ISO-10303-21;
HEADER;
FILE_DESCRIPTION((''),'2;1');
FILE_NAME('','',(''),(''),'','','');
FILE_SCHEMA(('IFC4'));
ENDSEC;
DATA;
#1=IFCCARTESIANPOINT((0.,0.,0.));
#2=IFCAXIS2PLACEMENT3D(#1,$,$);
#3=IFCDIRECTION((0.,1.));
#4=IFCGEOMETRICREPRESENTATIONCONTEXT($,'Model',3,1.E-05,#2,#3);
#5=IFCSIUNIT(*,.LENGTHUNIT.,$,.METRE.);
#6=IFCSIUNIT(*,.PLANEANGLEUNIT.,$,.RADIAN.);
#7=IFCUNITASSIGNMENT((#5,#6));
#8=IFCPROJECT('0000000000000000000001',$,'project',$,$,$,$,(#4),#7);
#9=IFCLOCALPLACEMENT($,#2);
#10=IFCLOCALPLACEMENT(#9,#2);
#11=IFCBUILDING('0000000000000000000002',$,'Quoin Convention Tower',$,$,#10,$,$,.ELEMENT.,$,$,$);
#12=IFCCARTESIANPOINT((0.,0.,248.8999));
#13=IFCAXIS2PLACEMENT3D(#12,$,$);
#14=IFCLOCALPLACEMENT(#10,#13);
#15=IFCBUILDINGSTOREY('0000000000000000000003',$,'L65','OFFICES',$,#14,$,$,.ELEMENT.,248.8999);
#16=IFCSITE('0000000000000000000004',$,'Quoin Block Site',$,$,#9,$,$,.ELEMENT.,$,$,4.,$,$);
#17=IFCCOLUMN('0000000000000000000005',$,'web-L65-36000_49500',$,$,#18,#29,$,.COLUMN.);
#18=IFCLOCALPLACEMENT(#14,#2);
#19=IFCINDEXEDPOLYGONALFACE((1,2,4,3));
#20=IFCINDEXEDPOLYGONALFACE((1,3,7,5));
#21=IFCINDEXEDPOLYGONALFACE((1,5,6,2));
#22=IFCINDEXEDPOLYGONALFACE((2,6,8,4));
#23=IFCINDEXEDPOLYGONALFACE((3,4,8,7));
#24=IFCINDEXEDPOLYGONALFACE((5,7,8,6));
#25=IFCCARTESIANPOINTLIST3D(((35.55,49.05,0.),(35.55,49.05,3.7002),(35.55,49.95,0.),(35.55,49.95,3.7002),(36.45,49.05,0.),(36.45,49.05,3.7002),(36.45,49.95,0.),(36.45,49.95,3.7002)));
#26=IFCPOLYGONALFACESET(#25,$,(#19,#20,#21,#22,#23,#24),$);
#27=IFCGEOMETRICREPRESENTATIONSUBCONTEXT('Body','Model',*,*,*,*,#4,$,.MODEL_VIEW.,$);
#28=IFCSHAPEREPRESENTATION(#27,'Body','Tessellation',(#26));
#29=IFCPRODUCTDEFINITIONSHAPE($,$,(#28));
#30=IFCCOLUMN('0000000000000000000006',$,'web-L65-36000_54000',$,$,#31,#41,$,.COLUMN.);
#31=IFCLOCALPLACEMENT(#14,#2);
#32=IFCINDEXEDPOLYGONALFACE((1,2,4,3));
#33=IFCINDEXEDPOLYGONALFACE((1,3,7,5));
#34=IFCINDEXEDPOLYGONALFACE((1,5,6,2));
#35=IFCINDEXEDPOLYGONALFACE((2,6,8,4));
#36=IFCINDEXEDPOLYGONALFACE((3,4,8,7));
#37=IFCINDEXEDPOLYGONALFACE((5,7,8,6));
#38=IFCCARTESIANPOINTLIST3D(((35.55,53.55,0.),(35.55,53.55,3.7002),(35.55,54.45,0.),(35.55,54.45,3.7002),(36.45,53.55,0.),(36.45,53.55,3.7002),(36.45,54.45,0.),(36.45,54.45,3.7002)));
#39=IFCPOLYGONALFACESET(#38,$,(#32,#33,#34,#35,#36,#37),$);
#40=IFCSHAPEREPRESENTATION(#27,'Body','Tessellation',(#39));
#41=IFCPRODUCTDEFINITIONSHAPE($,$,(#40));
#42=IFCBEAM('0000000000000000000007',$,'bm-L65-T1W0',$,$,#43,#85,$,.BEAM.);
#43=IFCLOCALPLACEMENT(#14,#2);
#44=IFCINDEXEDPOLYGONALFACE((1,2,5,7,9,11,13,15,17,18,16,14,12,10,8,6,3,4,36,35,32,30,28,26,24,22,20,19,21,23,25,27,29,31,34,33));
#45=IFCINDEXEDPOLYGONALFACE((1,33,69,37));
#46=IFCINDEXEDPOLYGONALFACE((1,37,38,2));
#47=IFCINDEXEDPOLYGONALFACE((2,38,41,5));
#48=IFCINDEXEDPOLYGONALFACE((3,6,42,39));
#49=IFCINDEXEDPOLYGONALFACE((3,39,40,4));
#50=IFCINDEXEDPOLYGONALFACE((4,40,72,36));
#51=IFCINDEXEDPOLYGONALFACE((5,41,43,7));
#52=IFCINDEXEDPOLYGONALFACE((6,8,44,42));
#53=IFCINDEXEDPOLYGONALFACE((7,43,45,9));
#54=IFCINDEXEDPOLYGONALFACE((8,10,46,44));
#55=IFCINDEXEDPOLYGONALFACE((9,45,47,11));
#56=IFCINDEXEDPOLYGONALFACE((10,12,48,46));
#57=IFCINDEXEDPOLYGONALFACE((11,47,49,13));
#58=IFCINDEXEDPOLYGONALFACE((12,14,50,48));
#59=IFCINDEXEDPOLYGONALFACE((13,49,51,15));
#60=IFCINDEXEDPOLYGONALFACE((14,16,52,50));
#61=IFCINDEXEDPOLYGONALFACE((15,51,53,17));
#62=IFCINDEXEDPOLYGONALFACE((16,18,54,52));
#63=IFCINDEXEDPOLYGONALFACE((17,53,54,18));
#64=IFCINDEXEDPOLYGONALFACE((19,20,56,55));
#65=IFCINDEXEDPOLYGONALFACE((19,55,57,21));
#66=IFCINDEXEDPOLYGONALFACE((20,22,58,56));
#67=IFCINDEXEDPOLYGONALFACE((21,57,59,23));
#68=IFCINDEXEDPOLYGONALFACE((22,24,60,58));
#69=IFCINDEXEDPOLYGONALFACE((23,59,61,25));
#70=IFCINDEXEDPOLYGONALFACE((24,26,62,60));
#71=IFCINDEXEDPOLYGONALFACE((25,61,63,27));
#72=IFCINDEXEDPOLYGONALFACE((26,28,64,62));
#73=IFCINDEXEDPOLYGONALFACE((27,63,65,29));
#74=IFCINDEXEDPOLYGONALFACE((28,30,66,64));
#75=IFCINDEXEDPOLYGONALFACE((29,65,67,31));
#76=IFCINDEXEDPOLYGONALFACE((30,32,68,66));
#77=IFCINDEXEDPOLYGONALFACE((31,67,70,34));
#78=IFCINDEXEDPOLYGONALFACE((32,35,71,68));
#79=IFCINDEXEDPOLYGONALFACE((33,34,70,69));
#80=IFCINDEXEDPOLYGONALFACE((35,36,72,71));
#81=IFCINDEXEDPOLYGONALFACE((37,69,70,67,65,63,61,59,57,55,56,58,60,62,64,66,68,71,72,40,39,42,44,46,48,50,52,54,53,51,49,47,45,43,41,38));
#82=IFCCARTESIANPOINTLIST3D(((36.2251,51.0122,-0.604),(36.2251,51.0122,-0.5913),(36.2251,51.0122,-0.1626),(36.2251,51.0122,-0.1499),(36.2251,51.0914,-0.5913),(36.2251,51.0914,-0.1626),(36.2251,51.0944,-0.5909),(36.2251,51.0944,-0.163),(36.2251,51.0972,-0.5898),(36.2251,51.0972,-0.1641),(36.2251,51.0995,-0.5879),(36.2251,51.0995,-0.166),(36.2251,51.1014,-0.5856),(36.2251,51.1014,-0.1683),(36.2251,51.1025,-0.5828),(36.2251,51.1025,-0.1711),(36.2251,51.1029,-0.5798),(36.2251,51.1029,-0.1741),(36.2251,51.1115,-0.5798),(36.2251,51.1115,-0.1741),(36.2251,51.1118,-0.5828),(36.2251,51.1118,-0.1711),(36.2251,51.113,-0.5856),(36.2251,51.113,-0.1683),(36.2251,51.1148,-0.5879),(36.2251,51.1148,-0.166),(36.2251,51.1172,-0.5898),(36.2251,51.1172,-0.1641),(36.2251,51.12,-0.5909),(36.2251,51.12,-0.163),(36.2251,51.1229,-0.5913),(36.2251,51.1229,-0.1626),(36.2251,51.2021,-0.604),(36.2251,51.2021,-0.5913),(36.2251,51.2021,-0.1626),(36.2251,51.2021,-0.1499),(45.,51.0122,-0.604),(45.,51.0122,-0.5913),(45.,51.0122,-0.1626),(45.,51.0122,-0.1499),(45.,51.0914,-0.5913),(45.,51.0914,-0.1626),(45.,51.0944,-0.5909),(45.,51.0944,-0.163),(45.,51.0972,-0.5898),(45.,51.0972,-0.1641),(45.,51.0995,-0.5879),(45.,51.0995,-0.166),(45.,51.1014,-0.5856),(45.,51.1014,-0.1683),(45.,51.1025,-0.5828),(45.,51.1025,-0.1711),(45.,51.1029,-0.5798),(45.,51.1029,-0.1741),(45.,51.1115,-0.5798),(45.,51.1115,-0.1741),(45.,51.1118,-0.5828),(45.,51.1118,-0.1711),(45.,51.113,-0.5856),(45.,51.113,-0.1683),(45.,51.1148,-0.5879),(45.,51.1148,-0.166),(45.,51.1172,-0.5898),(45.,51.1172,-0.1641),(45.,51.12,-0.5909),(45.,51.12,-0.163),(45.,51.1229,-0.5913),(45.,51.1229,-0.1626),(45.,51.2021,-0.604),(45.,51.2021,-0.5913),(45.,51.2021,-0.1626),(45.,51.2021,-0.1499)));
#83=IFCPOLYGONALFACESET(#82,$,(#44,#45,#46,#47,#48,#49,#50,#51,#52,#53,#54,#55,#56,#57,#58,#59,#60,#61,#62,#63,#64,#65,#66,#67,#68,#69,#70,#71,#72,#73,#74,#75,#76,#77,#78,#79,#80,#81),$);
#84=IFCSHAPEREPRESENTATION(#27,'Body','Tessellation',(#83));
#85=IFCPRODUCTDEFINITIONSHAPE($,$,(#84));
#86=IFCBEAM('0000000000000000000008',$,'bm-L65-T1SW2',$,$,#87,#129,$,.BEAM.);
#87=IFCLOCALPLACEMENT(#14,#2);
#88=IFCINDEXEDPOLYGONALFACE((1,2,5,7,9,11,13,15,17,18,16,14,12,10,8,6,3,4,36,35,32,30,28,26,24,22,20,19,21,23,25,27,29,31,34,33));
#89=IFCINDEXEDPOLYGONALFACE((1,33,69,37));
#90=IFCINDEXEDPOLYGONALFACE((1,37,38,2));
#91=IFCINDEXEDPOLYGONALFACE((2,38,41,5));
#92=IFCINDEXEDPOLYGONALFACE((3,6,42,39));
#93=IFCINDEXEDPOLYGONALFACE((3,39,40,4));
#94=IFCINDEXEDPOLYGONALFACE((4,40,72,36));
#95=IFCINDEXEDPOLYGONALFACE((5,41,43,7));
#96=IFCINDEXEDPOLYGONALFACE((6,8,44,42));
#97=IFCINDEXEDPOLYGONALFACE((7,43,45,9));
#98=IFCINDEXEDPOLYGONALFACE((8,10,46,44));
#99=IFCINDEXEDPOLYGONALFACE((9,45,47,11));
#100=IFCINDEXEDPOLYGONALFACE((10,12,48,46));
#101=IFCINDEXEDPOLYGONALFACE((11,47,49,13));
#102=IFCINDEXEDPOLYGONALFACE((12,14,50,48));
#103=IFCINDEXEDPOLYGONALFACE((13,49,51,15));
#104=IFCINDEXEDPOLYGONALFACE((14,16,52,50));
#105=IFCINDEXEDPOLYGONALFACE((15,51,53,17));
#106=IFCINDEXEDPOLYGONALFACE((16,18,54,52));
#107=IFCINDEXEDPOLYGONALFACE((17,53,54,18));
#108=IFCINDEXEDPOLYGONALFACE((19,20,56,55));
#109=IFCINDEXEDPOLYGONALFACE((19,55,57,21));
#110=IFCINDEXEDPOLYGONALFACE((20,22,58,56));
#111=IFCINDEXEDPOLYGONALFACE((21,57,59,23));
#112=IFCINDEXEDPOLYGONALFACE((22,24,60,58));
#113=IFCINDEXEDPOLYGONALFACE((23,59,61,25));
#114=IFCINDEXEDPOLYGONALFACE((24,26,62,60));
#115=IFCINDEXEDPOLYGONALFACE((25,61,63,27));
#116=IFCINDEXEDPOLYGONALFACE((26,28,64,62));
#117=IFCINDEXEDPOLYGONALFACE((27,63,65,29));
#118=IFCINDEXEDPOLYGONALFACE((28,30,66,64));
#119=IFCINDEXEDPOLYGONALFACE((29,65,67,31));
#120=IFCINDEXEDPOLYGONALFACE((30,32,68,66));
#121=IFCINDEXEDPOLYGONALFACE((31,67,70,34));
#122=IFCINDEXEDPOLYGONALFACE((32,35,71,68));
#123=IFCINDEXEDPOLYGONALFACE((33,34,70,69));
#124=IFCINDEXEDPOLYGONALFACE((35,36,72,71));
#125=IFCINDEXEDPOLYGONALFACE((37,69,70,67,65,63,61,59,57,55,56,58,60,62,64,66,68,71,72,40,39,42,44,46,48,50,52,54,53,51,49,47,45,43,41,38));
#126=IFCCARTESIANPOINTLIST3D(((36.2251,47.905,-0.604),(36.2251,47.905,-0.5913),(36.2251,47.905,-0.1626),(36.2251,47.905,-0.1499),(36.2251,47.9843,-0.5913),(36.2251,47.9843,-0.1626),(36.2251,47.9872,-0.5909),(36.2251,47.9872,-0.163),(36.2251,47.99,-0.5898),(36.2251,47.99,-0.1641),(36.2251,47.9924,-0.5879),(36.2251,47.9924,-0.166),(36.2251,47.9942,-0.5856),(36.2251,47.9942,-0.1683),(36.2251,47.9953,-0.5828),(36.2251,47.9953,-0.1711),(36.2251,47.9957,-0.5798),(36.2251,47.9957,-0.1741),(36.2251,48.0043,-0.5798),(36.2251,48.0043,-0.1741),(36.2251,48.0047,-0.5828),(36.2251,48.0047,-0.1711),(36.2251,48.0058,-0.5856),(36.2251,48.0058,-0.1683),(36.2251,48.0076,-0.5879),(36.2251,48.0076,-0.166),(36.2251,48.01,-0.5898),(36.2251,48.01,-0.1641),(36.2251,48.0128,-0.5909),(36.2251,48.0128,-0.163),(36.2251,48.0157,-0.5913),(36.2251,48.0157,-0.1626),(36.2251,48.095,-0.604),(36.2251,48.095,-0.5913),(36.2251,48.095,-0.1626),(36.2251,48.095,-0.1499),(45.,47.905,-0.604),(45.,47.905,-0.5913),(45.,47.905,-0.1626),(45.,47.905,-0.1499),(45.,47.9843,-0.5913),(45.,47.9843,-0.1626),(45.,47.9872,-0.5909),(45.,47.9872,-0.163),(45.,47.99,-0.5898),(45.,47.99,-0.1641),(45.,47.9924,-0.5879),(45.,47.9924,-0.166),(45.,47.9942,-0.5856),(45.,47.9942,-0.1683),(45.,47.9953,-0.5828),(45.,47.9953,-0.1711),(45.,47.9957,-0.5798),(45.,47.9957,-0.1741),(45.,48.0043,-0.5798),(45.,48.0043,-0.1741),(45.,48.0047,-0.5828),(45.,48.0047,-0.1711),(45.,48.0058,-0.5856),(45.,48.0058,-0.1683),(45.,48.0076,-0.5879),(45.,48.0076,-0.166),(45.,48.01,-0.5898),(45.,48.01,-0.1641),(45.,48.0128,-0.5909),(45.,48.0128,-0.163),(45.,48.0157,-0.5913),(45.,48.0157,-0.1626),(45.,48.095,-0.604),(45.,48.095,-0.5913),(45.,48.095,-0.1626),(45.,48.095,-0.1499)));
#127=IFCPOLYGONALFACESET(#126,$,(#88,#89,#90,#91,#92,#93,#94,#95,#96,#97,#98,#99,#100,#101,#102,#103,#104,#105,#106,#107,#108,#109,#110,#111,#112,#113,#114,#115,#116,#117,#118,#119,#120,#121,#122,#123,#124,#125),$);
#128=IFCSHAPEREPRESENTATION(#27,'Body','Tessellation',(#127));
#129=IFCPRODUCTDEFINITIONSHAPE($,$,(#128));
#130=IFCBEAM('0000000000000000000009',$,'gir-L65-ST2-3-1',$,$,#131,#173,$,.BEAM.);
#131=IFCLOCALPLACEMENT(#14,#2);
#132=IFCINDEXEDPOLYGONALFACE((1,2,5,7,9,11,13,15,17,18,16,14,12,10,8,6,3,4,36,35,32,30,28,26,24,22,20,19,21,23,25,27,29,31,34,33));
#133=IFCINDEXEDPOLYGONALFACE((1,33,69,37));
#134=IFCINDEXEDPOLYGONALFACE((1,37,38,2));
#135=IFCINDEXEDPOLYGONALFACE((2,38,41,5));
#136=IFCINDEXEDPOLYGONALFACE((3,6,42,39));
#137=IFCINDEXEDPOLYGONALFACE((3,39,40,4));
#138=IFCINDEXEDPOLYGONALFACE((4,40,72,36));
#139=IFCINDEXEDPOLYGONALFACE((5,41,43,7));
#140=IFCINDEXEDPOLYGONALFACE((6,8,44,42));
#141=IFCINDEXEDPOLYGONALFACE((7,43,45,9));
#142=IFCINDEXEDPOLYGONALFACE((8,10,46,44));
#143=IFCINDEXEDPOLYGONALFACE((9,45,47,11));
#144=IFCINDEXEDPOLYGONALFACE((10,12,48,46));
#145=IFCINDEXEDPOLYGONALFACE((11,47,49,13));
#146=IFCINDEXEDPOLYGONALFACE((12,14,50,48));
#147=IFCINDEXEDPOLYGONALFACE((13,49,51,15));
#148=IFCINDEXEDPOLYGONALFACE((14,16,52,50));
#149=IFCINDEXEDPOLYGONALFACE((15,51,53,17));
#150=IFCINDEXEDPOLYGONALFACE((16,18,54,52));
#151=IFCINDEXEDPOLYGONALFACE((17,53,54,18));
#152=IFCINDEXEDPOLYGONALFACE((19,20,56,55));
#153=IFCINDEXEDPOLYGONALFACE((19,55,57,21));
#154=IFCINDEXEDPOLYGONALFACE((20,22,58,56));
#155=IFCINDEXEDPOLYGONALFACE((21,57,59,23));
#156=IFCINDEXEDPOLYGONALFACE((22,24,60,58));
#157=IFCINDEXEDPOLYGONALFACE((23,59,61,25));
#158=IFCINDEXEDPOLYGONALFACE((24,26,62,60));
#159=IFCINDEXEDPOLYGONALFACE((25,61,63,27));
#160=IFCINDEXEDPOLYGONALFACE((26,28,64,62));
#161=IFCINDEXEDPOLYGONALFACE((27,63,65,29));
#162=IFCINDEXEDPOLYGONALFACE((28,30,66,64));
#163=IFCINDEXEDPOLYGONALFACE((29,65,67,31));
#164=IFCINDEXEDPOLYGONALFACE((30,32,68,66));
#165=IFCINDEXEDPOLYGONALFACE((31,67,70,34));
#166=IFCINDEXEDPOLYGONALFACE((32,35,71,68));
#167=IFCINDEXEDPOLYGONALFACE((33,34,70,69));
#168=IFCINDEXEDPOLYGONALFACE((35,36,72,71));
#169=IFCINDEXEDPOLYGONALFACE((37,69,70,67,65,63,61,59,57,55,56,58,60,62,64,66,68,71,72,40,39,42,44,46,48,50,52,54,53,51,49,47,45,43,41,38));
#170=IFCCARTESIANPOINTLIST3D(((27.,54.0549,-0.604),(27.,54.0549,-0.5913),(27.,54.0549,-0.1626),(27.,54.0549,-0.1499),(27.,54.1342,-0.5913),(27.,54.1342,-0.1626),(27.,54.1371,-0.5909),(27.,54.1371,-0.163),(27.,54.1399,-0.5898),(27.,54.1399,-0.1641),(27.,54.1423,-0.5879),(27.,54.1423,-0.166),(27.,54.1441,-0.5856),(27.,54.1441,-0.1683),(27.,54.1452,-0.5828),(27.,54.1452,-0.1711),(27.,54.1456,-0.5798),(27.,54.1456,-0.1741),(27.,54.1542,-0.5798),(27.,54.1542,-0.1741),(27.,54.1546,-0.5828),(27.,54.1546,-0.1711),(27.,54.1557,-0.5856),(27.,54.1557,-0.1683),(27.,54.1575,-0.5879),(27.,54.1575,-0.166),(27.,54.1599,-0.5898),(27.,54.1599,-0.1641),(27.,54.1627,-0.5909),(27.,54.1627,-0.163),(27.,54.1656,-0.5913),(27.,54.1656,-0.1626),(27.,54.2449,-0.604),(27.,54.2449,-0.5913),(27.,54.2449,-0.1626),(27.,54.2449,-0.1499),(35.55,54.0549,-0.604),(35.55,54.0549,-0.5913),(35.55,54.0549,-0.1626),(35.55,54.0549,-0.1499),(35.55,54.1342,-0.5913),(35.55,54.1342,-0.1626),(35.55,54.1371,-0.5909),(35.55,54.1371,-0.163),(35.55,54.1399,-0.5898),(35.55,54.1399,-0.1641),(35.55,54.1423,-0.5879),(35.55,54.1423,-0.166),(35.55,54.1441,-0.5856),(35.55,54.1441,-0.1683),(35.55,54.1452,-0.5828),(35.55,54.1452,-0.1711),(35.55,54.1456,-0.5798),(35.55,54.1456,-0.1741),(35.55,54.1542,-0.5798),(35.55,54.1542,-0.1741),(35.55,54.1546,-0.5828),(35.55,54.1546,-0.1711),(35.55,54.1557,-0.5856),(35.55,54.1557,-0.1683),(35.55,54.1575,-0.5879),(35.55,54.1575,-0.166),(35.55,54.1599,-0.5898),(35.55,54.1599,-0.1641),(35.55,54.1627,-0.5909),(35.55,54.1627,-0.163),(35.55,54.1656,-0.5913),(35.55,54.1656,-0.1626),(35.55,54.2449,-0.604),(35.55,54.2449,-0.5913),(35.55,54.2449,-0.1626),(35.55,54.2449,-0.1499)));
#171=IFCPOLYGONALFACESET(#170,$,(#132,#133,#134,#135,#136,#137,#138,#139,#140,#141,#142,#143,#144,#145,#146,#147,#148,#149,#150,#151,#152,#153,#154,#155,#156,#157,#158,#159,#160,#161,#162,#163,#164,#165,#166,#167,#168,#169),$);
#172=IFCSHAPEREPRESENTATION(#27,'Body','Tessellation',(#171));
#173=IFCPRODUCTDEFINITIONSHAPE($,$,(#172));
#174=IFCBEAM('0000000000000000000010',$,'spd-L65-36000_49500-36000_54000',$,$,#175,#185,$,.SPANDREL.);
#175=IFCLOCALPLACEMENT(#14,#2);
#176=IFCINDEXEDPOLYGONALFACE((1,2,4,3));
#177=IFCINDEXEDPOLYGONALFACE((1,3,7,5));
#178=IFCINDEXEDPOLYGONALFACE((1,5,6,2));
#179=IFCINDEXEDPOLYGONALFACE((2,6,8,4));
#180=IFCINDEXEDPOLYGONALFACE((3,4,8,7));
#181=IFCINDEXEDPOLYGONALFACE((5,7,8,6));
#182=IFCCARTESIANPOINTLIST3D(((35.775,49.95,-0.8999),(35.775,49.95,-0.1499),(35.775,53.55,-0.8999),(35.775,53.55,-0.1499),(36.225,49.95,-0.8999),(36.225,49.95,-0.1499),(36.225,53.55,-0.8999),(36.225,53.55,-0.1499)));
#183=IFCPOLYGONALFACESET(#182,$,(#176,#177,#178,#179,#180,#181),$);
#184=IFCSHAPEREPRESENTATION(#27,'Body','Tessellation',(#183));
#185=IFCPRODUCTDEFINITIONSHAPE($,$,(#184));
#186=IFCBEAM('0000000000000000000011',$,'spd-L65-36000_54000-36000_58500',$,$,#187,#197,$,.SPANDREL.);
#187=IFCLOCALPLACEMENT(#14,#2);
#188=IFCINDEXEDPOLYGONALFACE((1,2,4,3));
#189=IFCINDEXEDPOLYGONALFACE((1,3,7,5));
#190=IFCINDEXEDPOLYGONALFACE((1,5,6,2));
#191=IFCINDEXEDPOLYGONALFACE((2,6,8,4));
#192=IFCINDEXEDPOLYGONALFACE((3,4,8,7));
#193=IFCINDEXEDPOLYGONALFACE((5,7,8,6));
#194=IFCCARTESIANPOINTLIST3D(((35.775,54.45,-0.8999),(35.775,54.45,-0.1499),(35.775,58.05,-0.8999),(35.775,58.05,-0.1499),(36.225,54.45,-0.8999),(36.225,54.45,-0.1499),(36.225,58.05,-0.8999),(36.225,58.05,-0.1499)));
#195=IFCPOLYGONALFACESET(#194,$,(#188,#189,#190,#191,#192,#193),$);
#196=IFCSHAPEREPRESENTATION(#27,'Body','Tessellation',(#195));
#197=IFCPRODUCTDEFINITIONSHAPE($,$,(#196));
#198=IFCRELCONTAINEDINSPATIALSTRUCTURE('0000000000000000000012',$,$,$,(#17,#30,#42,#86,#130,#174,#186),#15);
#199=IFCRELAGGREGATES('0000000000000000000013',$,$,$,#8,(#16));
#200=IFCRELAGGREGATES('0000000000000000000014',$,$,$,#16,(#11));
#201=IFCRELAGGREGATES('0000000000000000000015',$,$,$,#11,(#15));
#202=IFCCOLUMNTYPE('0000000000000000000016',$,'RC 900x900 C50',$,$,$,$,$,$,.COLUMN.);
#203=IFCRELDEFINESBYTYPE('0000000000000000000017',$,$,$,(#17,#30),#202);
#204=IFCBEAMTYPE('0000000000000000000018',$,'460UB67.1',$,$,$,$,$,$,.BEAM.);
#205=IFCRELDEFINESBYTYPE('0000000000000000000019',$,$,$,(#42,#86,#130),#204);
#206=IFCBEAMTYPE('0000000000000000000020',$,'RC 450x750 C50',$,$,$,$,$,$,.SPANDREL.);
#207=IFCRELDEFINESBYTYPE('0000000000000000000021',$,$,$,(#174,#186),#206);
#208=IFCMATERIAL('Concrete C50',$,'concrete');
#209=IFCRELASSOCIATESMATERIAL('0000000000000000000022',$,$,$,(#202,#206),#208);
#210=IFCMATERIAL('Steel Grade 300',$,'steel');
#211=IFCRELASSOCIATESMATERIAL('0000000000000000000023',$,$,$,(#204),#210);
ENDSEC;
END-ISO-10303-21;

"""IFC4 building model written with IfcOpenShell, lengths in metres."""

from ifc_helpers import new_model, si_unit, direction, frame, origin, origin_2d, place, context, subcontext, project, spatial, rectangle, i_section, extrude, material, material_profile, profile_set, type_object, element, save


model = new_model("IFC4")

# Units and contexts
model_context = context("Model", 3, precision=1e-05, world=origin(), true_north=direction((0.0, 1.0)))
body_context = subcontext(model_context, "Body", "Model", "MODEL_VIEW")
ifc_project = project(units=[si_unit("LENGTHUNIT", "METRE"), si_unit("PLANEANGLEUNIT", "RADIAN")], contexts=[model_context])

# Site, building, storey
site_placement = place(None, origin())
site = spatial("IfcSite", under=ifc_project, at=site_placement, Name="Quoin Block Site", CompositionType="ELEMENT", RefElevation=4.0)
building_placement = place(site_placement, origin())
building = spatial("IfcBuilding", under=site, at=building_placement, Name="Quoin Convention Tower", CompositionType="ELEMENT")
storey_placement = place(building_placement, frame((0.0, 0.0, 248.8999)))
storey = spatial("IfcBuildingStorey", under=building, at=storey_placement, Name="L65", Description="OFFICES", CompositionType="ELEMENT", Elevation=248.8999)

# Columns
ifc_material_1 = material(Name="Concrete C50", Category="concrete")
ifc_material_profile_1 = material_profile(ifc_material_1, rectangle(XDim=0.8999, YDim=0.8999, at=origin_2d()), Name="RC 900x900")
ifc_profile_set_1 = profile_set([ifc_material_profile_1], Name="Concrete C50")
column_type = type_object("IfcColumnType", Name="RC 900x900 C50", PredefinedType="COLUMN", material=ifc_profile_set_1)
for number, where, z_axis, x_axis, name in (
    (1, (36.0, 49.5, 0.0), (0.0, 0.0, 1.0), (1.0, 0.0, 0.0), "web-L65-36000_49500"),
    (2, (36.0, 54.0, 0.0), (0.0, 0.0, 1.0), (1.0, 0.0, 0.0), "web-L65-36000_54000"),
):
    element("IfcColumn", number, at=place(storey_placement, frame(where, z_axis=z_axis, x_axis=x_axis)), inside=storey, type_object=column_type, Name=name, PredefinedType="COLUMN", context=body_context, shape_type="SweptSolid", body=[
        extrude(rectangle(XDim=0.8999, YDim=0.8999, at=origin_2d()), origin(), (0.0, 0.0, 1.0), 3.7002),
    ])

# Beams
ifc_material_2 = material(Name="Steel Grade 300", Category="steel")
ifc_material_profile_2 = material_profile(ifc_material_2, i_section(OverallWidth=0.1899, OverallDepth=0.4541, WebThickness=0.0085, FlangeThickness=0.0127, FilletRadius=0.0115, at=origin_2d()), Name="460UB67.1")
ifc_profile_set_2 = profile_set([ifc_material_profile_2], Name="Steel Grade 300")
beam_type_1 = type_object("IfcBeamType", Name="460UB67.1", PredefinedType="BEAM", material=ifc_profile_set_2)
for number, where, z_axis, x_axis, name in (
    (3, (36.2251, 51.1072, -0.377), (1.0, 0.0, 0.0), (0.0, 1.0, 0.0), "bm-L65-T1W0"),
    (4, (36.2251, 48.0, -0.377), (1.0, 0.0, 0.0), (0.0, 1.0, 0.0), "bm-L65-T1SW2"),
):
    element("IfcBeam", number, at=place(storey_placement, frame(where, z_axis=z_axis, x_axis=x_axis)), inside=storey, type_object=beam_type_1, Name=name, PredefinedType="BEAM", context=body_context, shape_type="SweptSolid", body=[
        extrude(i_section(OverallWidth=0.1899, OverallDepth=0.4541, WebThickness=0.0085, FlangeThickness=0.0127, FilletRadius=0.0115, at=origin_2d()), origin(), (0.0, 0.0, 1.0), 8.7749),
    ])
beam_placement = place(storey_placement, frame((27.0, 54.1499, -0.377), z_axis=(1.0, 0.0, 0.0), x_axis=(0.0, 1.0, 0.0)))
element("IfcBeam", 5, at=beam_placement, inside=storey, type_object=beam_type_1, Name="gir-L65-ST2-3-1", PredefinedType="BEAM", context=body_context, shape_type="SweptSolid", body=[
    extrude(i_section(OverallWidth=0.1899, OverallDepth=0.4541, WebThickness=0.0085, FlangeThickness=0.0127, FilletRadius=0.0115, at=origin_2d()), origin(), (0.0, 0.0, 1.0), 8.55),
])
ifc_material_profile_3 = material_profile(ifc_material_1, rectangle(XDim=0.45, YDim=0.75, at=origin_2d()), Name="RC 450x750")
ifc_profile_set_3 = profile_set([ifc_material_profile_3], Name="Concrete C50")
beam_type_2 = type_object("IfcBeamType", Name="RC 450x750 C50", PredefinedType="SPANDREL", material=ifc_profile_set_3)
for number, where, z_axis, x_axis, name in (
    (6, (36.0, 49.95, -0.5249), (0.0, 1.0, 0.0), (-1.0, 0.0, 0.0), "spd-L65-36000_49500-36000_54000"),
    (7, (36.0, 54.45, -0.5249), (0.0, 1.0, 0.0), (-1.0, 0.0, 0.0), "spd-L65-36000_54000-36000_58500"),
):
    element("IfcBeam", number, at=place(storey_placement, frame(where, z_axis=z_axis, x_axis=x_axis)), inside=storey, type_object=beam_type_2, Name=name, PredefinedType="SPANDREL", context=body_context, shape_type="SweptSolid", body=[
        extrude(rectangle(XDim=0.45, YDim=0.75, at=origin_2d()), origin(), (0.0, 0.0, 1.0), 3.6001),
    ])

save(model, "model.ifc")
